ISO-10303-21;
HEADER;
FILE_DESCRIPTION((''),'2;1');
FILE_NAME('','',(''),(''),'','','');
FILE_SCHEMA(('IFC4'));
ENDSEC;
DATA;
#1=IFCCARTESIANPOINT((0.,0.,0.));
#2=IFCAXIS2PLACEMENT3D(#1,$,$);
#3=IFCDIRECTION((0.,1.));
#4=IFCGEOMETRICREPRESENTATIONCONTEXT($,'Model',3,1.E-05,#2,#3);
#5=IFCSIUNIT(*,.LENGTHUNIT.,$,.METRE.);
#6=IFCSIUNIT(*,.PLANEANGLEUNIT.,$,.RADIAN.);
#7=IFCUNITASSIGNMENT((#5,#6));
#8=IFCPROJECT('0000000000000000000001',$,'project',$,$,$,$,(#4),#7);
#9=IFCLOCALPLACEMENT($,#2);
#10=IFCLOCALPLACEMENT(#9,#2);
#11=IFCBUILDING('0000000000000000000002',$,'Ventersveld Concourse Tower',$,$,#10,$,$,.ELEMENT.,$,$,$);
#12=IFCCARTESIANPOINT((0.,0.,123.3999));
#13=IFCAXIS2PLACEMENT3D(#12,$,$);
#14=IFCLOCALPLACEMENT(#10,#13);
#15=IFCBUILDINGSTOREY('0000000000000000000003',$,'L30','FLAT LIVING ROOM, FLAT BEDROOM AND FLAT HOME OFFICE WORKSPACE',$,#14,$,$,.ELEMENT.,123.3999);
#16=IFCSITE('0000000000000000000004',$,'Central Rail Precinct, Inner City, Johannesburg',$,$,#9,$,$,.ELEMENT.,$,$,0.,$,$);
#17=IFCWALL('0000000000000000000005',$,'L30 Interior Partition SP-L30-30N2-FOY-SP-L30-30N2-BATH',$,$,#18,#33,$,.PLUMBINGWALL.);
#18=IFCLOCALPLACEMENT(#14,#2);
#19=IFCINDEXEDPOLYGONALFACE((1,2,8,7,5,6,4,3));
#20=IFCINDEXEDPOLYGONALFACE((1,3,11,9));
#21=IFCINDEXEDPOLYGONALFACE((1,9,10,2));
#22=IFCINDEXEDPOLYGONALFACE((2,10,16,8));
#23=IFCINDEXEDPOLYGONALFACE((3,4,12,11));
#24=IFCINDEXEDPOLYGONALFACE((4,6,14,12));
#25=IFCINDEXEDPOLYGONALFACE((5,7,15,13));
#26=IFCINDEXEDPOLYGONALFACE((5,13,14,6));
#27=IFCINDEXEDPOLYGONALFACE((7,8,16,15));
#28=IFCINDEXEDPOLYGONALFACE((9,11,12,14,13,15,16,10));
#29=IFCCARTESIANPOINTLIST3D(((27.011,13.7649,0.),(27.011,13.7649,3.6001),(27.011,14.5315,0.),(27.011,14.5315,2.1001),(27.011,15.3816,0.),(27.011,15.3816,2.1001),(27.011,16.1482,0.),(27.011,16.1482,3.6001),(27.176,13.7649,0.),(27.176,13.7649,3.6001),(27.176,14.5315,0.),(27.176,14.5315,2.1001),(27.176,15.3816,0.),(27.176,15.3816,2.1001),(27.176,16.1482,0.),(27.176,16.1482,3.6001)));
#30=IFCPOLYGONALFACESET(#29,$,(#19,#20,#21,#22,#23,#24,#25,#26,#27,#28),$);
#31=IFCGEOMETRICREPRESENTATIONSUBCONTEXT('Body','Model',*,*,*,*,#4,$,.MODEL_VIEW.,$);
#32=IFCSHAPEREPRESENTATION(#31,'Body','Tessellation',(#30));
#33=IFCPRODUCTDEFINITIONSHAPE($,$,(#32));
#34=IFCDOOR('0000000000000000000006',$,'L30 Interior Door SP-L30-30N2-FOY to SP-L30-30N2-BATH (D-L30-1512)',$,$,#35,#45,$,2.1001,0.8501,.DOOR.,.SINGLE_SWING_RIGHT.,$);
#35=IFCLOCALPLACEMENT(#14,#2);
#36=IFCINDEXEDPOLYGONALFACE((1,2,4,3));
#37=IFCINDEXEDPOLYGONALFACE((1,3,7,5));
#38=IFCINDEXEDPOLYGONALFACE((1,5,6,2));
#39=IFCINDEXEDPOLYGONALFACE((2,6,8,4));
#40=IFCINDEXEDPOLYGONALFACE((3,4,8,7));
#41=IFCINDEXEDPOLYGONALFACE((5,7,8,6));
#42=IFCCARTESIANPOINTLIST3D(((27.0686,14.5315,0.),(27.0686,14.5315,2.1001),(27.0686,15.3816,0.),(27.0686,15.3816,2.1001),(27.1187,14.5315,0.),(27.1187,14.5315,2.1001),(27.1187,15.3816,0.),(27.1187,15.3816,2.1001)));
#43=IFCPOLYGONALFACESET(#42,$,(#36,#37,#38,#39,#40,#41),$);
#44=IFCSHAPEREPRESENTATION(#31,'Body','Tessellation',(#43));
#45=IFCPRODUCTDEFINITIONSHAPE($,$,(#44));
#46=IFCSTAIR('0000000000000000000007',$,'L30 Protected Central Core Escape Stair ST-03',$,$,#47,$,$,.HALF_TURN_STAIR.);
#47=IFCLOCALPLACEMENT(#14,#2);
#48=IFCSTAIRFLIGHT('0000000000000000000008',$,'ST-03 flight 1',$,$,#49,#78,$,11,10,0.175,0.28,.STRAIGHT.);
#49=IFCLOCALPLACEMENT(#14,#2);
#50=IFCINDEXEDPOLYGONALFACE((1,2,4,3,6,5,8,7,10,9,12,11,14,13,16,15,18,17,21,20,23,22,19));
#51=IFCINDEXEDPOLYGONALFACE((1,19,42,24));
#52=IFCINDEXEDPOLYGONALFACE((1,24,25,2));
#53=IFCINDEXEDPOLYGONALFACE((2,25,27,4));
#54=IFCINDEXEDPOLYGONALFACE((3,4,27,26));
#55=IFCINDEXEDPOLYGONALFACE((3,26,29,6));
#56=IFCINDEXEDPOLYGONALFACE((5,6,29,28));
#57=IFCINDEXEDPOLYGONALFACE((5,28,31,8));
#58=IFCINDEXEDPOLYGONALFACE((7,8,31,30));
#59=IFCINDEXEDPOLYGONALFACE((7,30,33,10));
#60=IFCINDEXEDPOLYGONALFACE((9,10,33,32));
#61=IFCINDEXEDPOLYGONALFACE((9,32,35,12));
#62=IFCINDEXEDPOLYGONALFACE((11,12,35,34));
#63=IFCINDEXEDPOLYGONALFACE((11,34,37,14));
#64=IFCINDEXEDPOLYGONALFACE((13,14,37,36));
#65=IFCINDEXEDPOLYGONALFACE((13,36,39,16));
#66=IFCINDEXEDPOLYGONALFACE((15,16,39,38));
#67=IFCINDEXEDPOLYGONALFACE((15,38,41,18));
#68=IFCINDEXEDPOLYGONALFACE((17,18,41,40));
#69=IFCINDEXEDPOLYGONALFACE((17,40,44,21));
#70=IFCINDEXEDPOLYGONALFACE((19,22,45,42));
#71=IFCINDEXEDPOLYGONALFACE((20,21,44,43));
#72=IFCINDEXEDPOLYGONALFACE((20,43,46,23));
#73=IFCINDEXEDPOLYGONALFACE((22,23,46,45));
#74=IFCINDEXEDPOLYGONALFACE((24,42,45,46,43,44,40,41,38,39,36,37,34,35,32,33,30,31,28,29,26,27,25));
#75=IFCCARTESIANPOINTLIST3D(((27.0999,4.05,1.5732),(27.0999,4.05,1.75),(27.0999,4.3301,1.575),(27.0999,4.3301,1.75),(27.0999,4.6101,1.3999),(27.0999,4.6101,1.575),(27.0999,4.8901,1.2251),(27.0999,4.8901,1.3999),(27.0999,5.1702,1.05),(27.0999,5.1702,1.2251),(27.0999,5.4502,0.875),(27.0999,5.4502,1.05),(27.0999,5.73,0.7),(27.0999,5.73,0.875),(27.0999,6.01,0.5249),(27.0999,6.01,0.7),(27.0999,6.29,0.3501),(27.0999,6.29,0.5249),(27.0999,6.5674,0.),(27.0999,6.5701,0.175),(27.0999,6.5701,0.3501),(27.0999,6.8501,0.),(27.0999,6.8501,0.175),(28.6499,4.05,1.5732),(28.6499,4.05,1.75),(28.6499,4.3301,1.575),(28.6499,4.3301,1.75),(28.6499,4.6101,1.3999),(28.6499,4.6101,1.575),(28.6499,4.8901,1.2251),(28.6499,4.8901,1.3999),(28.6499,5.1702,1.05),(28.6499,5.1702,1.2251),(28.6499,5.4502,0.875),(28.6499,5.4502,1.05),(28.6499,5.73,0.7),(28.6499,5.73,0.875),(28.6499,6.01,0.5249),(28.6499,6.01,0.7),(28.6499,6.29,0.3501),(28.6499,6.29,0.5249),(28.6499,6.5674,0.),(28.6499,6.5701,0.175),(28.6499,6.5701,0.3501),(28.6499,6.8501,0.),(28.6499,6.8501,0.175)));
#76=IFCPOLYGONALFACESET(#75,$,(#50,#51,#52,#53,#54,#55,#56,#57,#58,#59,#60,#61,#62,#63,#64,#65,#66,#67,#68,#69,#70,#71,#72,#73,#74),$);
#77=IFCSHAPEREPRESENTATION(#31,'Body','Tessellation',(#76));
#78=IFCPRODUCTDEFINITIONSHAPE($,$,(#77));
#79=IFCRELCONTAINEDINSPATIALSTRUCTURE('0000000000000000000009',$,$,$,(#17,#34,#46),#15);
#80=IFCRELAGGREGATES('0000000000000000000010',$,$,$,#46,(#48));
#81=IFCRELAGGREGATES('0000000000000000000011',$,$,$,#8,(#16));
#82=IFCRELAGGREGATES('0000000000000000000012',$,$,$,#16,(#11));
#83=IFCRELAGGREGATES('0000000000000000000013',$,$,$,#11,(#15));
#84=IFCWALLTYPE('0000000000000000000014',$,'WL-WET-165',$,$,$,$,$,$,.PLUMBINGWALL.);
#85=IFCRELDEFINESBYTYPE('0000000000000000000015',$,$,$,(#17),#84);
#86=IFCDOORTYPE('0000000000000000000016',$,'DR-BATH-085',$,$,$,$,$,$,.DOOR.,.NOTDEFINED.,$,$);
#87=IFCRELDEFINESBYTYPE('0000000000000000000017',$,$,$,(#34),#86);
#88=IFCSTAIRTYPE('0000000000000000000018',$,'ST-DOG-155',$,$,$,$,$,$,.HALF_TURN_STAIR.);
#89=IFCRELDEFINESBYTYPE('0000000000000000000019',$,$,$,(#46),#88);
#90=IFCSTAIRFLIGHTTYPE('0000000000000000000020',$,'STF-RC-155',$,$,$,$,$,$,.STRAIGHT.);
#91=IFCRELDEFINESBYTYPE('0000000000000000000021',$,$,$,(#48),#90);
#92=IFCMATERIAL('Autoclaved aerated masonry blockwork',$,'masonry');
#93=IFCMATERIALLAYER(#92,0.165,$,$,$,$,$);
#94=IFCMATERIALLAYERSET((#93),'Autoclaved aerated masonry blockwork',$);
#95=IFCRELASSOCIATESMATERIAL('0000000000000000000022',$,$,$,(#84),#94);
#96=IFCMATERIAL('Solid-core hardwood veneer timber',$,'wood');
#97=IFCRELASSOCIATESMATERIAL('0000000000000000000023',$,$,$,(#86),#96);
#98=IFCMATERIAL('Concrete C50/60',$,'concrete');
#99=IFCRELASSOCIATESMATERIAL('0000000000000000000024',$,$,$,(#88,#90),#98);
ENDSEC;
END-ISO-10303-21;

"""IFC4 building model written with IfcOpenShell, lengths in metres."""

from ifc_helpers import new_model, si_unit, direction, frame, frame_2d, origin, place, context, subcontext, project, spatial, polyline, rectangle, outline, extrude, material, layer, layer_set, type_object, element, fill, aggregate, save


model = new_model("IFC4")

# Units and contexts
model_context = context("Model", 3, precision=1e-05, world=origin(), true_north=direction((0.0, 1.0)))
body_context = subcontext(model_context, "Body", "Model", "MODEL_VIEW")
ifc_project = project(units=[si_unit("LENGTHUNIT", "METRE"), si_unit("PLANEANGLEUNIT", "RADIAN")], contexts=[model_context])

# Site, building, storey
site_placement = place(None, origin())
site = spatial("IfcSite", under=ifc_project, at=site_placement, Name="Central Rail Precinct, Inner City, Johannesburg", CompositionType="ELEMENT", RefElevation=0.0)
building_placement = place(site_placement, origin())
building = spatial("IfcBuilding", under=site, at=building_placement, Name="Ventersveld Concourse Tower", CompositionType="ELEMENT")
storey_placement = place(building_placement, frame((0.0, 0.0, 123.3999)))
storey = spatial("IfcBuildingStorey", under=building, at=storey_placement, Name="L30", Description="FLAT LIVING ROOM, FLAT BEDROOM AND FLAT HOME OFFICE WORKSPACE", CompositionType="ELEMENT", Elevation=123.3999)

# Shared definitions
ifc_material_1 = material(Name="Concrete C50/60", Category="concrete")

# Wall, opening, door
ifc_material_2 = material(Name="Autoclaved aerated masonry blockwork", Category="masonry")
ifc_material_3 = material(Name="Solid-core hardwood veneer timber", Category="wood")
ifc_layer_1 = layer(ifc_material_2, 0.165)
ifc_layer_set_1 = layer_set([ifc_layer_1], Name="Autoclaved aerated masonry blockwork")
wall_type_1 = type_object("IfcWallType", Name="WL-WET-165", PredefinedType="PLUMBINGWALL", material=ifc_layer_set_1)
wall_1_placement = place(storey_placement, frame((27.0935, 13.7649, 0.0), z_axis=(0.0, 0.0, 1.0), x_axis=(0.0, 1.0, 0.0)))
wall_1 = element("IfcWall", 1, at=wall_1_placement, inside=storey, type_object=wall_type_1, Name="L30 Interior Partition SP-L30-30N2-FOY-SP-L30-30N2-BATH", PredefinedType="PLUMBINGWALL", context=body_context, shape_type="SweptSolid", body=[
    extrude(rectangle(XDim=2.3833, YDim=0.165, at=frame_2d((1.1917, 0.0))), origin(), (0.0, 0.0, 1.0), 3.6001),
])
opening_1_placement = place(wall_1_placement, frame((0.7666, 0.0, 0.0)))
opening_1 = element("IfcOpeningElement", 2, at=opening_1_placement, cuts=wall_1, PredefinedType="OPENING", context=body_context, shape_type="SweptSolid", body=[
    extrude(rectangle(XDim=0.8501, YDim=2.1001, at=frame_2d((0.425, 1.05))), frame((0.0, 0.0925, 0.0), z_axis=(0.0, -1.0, 0.0), x_axis=(1.0, 0.0, 0.0)), (0.0, 0.0, 1.0), 0.1851),
])
door_type_1 = type_object("IfcDoorType", Name="DR-BATH-085", OperationType="NOTDEFINED", PredefinedType="DOOR", material=ifc_material_3)
door_1_placement = place(opening_1_placement, origin())
door_1 = element("IfcDoor", 3, at=door_1_placement, inside=storey, type_object=door_type_1, Name="L30 Interior Door SP-L30-30N2-FOY to SP-L30-30N2-BATH (D-L30-1512)", OperationType="SINGLE_SWING_RIGHT", OverallHeight=2.1001, OverallWidth=0.8501, PredefinedType="DOOR", context=body_context, shape_type="SweptSolid", body=[
    extrude(rectangle(XDim=0.8501, YDim=2.1001, at=frame_2d((0.425, 1.05))), frame((0.0, 0.0249, 0.0), z_axis=(0.0, -1.0, 0.0), x_axis=(1.0, 0.0, 0.0)), (0.0, 0.0, 1.0), 0.05),
])
fill(opening_1, door_1)

# Stair, stair flight
stair_type = type_object("IfcStairType", Name="ST-DOG-155", PredefinedType="HALF_TURN_STAIR", material=ifc_material_1)
stair_placement = place(storey_placement, origin())
stair = element("IfcStair", 4, at=stair_placement, inside=storey, type_object=stair_type, Name="L30 Protected Central Core Escape Stair ST-03", PredefinedType="HALF_TURN_STAIR")
stair_flight_type = type_object("IfcStairFlightType", Name="STF-RC-155", PredefinedType="STRAIGHT", material=ifc_material_1)
stair_flight_placement = place(storey_placement, frame((27.875, 6.8501, 0.0), z_axis=(0.0, 0.0, 1.0), x_axis=(0.0, -1.0, 0.0)))
stair_flight = element("IfcStairFlight", 5, at=stair_flight_placement, type_object=stair_flight_type, Name="ST-03 flight 1", NumberOfRisers=11, NumberOfTreads=10, PredefinedType="STRAIGHT", RiserHeight=0.175, TreadLength=0.28, context=body_context, shape_type="SweptSolid", body=[
    extrude(outline(polyline([(0.0, 0.0), (0.0, 0.175), (0.28, 0.175), (0.28, 0.3501), (0.5601, 0.3501), (0.5601, 0.5249), (0.8401, 0.5249), (0.8401, 0.7), (1.1201, 0.7), (1.1201, 0.875), (1.3999, 0.875), (1.3999, 1.05), (1.6799, 1.05), (1.6799, 1.2251), (1.96, 1.2251), (1.96, 1.3999), (2.24, 1.3999), (2.24, 1.575), (2.52, 1.575), (2.52, 1.75), (2.8, 1.75), (2.8, 1.925), (2.8, 1.5732), (0.2827, 0.0), (0.0, 0.0)])), frame((0.0, 0.7749, 0.0), z_axis=(0.0, -1.0, 0.0), x_axis=(1.0, 0.0, 0.0)), (0.0, 0.0, 1.0), 1.55),
])
aggregate(stair, [stair_flight])

save(model, "model.ifc")
